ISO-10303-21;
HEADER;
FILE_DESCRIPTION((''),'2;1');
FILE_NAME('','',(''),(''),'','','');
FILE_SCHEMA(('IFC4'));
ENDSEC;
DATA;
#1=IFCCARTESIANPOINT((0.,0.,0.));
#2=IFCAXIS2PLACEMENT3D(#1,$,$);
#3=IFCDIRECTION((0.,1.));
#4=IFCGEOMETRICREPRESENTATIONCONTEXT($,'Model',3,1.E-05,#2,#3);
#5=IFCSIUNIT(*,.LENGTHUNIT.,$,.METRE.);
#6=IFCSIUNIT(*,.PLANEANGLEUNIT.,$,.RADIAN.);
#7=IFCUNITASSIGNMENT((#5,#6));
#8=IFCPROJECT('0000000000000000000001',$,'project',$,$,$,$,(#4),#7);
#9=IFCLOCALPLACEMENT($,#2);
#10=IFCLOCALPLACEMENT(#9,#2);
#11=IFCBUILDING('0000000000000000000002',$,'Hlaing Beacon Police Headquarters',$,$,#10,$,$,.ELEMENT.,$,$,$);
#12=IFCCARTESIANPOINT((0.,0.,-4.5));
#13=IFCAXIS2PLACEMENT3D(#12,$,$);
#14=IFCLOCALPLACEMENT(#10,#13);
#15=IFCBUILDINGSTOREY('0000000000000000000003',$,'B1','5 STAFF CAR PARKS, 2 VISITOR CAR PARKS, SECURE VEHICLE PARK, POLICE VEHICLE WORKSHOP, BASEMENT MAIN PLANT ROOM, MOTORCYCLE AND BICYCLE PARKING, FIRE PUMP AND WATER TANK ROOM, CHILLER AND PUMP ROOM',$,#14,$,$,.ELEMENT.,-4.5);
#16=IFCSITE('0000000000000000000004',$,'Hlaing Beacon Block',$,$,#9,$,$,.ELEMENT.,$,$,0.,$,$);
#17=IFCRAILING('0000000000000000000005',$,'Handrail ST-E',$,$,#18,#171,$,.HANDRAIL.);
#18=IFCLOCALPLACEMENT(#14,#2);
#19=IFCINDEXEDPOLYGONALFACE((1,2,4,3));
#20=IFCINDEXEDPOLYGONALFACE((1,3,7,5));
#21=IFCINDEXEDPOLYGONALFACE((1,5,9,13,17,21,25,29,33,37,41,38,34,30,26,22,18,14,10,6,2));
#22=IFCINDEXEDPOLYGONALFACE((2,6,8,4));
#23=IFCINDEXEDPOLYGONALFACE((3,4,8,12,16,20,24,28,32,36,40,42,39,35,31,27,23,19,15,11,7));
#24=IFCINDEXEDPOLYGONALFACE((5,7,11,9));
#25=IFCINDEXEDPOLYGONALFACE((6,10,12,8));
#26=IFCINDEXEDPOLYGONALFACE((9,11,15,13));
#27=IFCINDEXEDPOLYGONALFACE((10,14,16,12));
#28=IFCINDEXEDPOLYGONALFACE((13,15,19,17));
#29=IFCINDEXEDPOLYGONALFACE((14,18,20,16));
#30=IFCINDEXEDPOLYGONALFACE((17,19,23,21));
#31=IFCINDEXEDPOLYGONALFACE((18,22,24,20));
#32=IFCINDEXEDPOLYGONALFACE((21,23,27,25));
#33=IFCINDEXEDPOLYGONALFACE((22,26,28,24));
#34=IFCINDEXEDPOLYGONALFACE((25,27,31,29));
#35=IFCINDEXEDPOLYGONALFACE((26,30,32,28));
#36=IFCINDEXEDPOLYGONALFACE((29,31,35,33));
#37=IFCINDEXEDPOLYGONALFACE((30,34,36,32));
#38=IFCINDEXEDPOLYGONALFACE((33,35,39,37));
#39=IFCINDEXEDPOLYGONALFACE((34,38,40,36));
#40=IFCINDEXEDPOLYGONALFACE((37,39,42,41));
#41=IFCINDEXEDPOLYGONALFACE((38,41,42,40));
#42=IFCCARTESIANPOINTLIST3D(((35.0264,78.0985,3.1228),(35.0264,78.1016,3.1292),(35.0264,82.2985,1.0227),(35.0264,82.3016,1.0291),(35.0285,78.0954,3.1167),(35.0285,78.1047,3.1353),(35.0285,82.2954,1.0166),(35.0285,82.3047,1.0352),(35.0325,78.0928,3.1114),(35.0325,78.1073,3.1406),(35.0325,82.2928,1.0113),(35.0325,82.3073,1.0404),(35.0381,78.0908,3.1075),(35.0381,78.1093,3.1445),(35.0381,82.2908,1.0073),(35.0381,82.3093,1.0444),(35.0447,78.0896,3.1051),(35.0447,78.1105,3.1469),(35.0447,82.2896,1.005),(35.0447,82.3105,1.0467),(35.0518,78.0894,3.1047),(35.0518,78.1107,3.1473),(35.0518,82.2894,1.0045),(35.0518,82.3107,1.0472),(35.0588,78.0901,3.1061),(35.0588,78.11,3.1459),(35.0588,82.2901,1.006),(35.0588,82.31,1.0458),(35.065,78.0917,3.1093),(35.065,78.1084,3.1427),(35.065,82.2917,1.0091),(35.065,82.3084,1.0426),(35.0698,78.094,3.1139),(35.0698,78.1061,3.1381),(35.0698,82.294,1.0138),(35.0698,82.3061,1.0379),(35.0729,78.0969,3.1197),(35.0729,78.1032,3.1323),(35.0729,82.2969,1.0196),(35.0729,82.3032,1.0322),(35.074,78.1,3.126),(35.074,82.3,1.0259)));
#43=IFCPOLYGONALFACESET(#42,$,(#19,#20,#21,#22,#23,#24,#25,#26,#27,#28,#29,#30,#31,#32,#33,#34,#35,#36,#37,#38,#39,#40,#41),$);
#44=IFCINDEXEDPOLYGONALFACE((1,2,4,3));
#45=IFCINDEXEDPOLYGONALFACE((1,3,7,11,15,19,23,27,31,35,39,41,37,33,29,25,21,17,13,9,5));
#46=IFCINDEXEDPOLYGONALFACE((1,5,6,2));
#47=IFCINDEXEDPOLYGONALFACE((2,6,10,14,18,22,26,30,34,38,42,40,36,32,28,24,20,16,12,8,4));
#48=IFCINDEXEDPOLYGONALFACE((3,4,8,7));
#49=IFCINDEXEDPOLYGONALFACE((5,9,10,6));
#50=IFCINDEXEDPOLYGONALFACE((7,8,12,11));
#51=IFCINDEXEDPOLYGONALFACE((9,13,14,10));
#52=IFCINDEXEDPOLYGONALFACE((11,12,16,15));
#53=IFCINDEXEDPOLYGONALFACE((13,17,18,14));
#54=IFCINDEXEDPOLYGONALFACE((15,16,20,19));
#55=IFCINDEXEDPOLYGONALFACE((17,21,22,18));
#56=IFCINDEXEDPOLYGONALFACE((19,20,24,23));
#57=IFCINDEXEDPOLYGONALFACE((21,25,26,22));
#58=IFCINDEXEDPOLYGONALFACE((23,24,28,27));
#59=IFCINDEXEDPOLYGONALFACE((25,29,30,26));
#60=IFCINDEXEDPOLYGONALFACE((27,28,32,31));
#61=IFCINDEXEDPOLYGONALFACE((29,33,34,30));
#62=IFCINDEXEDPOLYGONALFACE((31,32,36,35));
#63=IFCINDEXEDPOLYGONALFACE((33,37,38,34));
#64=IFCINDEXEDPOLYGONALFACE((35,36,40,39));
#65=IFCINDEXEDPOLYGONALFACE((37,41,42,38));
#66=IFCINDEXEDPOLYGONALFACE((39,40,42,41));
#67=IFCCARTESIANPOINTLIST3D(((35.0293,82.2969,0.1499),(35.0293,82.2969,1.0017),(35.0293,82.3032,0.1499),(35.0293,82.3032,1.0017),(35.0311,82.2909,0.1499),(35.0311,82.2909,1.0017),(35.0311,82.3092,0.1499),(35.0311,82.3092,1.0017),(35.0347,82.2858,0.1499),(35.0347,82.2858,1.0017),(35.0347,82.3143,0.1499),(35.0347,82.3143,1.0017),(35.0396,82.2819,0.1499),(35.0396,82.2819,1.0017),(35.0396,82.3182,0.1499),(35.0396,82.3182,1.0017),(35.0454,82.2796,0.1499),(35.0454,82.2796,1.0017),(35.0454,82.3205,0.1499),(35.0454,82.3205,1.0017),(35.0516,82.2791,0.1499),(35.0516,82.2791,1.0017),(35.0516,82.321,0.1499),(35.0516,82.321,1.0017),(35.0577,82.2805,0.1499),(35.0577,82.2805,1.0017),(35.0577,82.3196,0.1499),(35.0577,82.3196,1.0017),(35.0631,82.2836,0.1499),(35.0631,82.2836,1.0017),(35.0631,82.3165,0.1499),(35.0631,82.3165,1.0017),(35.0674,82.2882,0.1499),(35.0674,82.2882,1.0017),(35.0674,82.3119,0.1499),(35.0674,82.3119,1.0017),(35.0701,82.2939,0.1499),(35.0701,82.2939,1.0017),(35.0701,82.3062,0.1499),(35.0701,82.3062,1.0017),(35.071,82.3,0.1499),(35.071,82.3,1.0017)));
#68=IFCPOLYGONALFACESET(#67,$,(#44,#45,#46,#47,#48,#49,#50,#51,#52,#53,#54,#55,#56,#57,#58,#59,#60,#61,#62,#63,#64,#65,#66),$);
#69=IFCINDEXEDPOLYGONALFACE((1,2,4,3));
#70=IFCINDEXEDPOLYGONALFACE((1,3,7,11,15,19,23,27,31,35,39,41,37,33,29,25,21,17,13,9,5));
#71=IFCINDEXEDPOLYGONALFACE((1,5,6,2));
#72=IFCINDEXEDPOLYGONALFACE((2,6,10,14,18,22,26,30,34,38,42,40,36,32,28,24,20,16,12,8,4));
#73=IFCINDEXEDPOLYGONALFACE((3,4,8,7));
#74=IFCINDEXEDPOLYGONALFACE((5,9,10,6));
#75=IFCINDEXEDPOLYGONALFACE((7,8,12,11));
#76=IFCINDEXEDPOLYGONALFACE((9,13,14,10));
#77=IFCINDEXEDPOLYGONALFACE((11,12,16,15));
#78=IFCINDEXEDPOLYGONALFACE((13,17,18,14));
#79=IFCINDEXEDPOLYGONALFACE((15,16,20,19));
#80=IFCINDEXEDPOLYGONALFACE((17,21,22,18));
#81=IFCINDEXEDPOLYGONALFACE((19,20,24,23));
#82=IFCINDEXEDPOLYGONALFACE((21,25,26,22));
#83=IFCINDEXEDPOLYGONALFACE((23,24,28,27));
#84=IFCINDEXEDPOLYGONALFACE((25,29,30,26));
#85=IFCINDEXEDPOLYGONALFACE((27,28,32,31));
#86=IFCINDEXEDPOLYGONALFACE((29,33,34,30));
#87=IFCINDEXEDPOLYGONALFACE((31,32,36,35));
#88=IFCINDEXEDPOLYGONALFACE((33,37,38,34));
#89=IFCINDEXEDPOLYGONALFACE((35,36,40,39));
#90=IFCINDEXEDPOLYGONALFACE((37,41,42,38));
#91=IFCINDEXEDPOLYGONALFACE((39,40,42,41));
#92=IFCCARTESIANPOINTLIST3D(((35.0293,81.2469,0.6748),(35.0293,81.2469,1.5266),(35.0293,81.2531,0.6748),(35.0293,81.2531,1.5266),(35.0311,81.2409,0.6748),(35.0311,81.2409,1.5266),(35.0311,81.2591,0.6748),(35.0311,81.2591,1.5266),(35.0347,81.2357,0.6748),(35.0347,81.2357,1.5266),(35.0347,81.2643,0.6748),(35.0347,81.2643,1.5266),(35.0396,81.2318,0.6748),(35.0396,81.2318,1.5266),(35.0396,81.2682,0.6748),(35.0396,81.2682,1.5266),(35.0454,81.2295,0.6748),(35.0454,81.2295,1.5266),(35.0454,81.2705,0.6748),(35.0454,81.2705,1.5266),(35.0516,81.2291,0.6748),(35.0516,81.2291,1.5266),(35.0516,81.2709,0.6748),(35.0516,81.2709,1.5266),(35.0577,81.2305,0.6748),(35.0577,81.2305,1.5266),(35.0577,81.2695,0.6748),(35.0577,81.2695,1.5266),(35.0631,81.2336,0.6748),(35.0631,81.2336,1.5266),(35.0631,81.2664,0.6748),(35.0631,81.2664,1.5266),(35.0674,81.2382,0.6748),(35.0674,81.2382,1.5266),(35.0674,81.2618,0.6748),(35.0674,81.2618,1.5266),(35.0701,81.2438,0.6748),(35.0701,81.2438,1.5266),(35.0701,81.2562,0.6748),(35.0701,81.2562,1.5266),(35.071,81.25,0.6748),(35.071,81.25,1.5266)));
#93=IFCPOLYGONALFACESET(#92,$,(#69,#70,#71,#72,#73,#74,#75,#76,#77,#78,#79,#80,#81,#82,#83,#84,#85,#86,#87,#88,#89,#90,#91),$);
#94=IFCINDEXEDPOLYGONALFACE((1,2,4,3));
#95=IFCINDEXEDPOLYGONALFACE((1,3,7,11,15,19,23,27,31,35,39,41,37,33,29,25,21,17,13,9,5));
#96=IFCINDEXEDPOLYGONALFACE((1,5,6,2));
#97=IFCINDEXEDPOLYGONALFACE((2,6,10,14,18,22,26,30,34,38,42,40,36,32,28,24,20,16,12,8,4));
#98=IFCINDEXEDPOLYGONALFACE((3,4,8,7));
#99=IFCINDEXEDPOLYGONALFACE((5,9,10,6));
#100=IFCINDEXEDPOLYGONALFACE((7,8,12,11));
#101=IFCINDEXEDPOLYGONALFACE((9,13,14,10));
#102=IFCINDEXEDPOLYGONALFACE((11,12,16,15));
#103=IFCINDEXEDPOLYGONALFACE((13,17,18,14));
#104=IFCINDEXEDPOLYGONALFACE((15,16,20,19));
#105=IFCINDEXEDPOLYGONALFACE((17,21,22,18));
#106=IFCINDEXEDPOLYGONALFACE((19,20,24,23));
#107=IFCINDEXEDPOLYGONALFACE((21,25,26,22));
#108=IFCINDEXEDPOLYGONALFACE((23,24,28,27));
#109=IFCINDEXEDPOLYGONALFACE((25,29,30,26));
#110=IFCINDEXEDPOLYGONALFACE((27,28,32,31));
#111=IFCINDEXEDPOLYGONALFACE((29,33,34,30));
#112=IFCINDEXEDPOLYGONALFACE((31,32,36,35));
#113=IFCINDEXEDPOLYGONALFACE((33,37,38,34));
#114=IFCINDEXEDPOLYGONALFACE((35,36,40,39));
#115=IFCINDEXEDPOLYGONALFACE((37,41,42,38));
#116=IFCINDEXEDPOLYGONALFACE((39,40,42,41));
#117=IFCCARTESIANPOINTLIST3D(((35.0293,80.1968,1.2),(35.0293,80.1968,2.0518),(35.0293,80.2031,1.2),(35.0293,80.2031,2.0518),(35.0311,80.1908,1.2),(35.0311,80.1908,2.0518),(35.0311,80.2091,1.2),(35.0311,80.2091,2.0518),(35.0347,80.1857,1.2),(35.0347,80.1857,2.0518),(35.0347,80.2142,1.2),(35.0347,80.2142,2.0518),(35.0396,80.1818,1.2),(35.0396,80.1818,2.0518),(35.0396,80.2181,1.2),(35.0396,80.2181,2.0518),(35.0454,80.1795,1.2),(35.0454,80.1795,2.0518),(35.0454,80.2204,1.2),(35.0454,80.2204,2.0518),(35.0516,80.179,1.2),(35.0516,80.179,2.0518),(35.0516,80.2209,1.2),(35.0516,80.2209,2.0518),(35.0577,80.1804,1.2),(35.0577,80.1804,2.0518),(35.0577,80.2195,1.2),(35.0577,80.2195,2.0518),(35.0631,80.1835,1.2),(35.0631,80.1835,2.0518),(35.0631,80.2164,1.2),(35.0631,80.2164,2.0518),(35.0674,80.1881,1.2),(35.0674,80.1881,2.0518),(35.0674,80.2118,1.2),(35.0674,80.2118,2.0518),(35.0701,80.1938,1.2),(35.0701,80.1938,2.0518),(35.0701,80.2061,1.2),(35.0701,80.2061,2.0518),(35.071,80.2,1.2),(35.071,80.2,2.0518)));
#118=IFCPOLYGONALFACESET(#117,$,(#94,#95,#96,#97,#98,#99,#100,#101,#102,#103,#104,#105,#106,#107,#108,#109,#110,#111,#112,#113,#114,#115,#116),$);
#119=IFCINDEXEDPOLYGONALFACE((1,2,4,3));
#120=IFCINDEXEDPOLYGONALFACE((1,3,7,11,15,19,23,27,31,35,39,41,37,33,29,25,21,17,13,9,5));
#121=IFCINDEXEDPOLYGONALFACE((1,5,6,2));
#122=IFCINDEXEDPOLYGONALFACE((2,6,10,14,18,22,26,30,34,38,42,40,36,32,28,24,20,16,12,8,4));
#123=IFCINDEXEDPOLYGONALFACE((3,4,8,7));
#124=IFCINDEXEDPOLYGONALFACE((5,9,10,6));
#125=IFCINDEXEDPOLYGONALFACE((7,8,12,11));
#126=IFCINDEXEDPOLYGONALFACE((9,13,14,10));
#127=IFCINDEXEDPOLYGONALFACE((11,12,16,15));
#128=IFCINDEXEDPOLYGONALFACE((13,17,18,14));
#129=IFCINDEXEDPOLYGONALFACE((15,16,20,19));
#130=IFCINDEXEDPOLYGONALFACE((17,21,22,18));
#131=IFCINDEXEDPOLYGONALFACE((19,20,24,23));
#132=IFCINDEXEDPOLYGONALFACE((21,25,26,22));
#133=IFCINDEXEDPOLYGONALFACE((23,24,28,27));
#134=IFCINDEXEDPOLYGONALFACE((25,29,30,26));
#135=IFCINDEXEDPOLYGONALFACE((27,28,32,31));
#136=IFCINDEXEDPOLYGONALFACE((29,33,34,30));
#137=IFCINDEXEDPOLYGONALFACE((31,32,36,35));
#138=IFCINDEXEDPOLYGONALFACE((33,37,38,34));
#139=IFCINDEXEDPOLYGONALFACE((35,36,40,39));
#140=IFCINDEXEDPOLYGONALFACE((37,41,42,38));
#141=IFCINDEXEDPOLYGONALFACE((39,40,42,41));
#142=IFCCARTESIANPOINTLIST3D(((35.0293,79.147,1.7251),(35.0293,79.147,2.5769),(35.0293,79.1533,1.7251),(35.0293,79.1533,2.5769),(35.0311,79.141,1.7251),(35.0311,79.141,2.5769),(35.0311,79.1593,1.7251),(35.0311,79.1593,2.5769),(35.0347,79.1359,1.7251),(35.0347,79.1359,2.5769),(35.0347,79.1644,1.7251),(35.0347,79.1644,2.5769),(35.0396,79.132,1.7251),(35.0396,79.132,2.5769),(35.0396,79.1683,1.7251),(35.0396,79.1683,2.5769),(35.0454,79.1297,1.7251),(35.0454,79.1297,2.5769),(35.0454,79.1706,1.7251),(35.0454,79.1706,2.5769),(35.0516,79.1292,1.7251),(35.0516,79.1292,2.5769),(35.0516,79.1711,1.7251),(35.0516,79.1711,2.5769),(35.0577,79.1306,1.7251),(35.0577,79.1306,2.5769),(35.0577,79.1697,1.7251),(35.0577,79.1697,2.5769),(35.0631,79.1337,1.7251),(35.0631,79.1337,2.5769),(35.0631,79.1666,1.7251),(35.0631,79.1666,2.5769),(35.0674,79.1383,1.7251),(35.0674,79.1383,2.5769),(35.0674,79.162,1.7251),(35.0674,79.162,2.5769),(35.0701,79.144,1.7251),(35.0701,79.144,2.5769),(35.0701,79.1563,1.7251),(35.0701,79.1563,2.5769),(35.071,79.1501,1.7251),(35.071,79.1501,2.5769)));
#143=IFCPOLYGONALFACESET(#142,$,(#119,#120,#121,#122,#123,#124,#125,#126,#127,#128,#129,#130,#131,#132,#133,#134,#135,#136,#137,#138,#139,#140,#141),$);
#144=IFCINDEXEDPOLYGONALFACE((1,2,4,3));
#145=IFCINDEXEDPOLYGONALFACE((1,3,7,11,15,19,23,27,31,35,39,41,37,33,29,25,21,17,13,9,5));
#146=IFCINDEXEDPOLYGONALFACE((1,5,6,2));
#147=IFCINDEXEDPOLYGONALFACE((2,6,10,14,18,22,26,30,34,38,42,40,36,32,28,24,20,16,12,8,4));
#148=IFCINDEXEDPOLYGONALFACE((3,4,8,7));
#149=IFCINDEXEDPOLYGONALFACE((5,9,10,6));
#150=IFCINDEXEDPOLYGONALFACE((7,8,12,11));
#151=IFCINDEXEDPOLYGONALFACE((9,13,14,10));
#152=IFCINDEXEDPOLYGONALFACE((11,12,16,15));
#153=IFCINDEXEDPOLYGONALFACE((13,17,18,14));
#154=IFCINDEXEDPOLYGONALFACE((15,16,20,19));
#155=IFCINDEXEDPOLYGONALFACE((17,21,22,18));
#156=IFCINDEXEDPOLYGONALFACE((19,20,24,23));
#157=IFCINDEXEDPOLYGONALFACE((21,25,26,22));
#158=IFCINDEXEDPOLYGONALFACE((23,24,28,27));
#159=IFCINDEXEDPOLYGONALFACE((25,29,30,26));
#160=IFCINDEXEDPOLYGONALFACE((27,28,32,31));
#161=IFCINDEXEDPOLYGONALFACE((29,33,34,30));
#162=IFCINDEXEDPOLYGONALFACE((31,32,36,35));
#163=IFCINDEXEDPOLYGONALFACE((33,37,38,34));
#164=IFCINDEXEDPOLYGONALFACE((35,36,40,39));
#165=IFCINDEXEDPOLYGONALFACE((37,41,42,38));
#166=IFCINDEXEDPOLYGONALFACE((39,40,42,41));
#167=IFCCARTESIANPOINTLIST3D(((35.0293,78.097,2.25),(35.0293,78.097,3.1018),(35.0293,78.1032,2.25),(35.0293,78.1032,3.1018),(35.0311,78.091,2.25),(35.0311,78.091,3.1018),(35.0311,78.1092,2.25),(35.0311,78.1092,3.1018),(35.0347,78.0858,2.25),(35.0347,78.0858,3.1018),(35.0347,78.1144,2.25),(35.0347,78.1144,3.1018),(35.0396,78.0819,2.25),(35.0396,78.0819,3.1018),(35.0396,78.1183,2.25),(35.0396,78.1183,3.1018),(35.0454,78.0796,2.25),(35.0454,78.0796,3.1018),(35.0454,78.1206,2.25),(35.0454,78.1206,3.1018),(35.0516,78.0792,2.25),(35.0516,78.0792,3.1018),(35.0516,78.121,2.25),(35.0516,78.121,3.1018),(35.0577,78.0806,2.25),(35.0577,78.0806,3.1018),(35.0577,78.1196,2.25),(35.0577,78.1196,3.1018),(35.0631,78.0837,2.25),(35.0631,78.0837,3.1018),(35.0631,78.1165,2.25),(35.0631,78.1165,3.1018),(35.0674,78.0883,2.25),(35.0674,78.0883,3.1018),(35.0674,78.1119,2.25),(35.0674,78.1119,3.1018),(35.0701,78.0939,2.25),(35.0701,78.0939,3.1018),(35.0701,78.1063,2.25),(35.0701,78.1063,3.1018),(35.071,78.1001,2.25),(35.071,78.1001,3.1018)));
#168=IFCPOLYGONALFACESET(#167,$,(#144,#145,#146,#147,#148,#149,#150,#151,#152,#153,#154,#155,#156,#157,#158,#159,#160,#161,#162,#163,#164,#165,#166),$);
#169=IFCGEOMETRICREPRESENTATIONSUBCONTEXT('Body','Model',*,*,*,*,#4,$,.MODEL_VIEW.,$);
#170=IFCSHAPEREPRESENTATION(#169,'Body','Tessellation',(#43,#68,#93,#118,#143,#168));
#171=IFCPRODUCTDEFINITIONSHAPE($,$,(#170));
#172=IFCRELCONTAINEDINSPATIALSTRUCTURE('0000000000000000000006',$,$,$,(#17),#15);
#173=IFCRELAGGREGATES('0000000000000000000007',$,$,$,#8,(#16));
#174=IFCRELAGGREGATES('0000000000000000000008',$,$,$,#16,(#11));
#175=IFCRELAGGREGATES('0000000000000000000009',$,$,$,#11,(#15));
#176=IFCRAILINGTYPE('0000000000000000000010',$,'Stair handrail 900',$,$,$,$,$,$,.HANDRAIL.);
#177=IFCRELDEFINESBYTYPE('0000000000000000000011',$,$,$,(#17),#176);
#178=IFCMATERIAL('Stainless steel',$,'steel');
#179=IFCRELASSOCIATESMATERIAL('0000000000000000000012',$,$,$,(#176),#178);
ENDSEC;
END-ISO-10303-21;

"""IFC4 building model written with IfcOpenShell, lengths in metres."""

from ifc_helpers import new_model, si_unit, direction, frame, origin, origin_2d, place, context, subcontext, project, spatial, circle, extrude, material, type_object, element, save


model = new_model("IFC4")

# Units and contexts
model_context = context("Model", 3, precision=1e-05, world=origin(), true_north=direction((0.0, 1.0)))
body_context = subcontext(model_context, "Body", "Model", "MODEL_VIEW")
ifc_project = project(units=[si_unit("LENGTHUNIT", "METRE"), si_unit("PLANEANGLEUNIT", "RADIAN")], contexts=[model_context])

# Site, building, storey
site_placement = place(None, origin())
site = spatial("IfcSite", under=ifc_project, at=site_placement, Name="Hlaing Beacon Block", CompositionType="ELEMENT", RefElevation=0.0)
building_placement = place(site_placement, origin())
building = spatial("IfcBuilding", under=site, at=building_placement, Name="Hlaing Beacon Police Headquarters", CompositionType="ELEMENT")
storey_placement = place(building_placement, frame((0.0, 0.0, -4.5)))
storey = spatial("IfcBuildingStorey", under=building, at=storey_placement, Name="B1", Description="5 STAFF CAR PARKS, 2 VISITOR CAR PARKS, SECURE VEHICLE PARK, POLICE VEHICLE WORKSHOP, BASEMENT MAIN PLANT ROOM, MOTORCYCLE AND BICYCLE PARKING, FIRE PUMP AND WATER TANK ROOM, CHILLER AND PUMP ROOM", CompositionType="ELEMENT", Elevation=-4.5)

# Railing
ifc_material_1 = material(Name="Stainless steel", Category="steel")
railing_type = type_object("IfcRailingType", Name="Stair handrail 900", PredefinedType="HANDRAIL", material=ifc_material_1)
for number, where, name in (
    (1, (35.05, 82.3, 0.1499), "Handrail ST-E"),
):
    element("IfcRailing", number, at=place(storey_placement, frame(where)), inside=storey, type_object=railing_type, Name=name, PredefinedType="HANDRAIL", context=body_context, shape_type="SweptSolid", body=[
        extrude(circle(Radius=0.0239, at=origin_2d()), frame((0.0, 0.0, 0.876), z_axis=(0.0, -0.894417, 0.447234), x_axis=(1.0, 0.0, 0.0)), (0.0, 0.0, 1.0), 4.6958),
        extrude(circle(Radius=0.021, at=origin_2d()), origin(), (0.0, 0.0, 1.0), 0.8518),
        extrude(circle(Radius=0.021, at=origin_2d()), frame((0.0, -1.05, 0.5249)), (0.0, 0.0, 1.0), 0.8518),
        extrude(circle(Radius=0.021, at=origin_2d()), frame((0.0, -2.1001, 1.05)), (0.0, 0.0, 1.0), 0.8518),
        extrude(circle(Radius=0.021, at=origin_2d()), frame((0.0, -3.1499, 1.5752)), (0.0, 0.0, 1.0), 0.8518),
        extrude(circle(Radius=0.021, at=origin_2d()), frame((0.0, -4.2, 2.1001)), (0.0, 0.0, 1.0), 0.8518),
    ])

save(model, "model.ifc")
